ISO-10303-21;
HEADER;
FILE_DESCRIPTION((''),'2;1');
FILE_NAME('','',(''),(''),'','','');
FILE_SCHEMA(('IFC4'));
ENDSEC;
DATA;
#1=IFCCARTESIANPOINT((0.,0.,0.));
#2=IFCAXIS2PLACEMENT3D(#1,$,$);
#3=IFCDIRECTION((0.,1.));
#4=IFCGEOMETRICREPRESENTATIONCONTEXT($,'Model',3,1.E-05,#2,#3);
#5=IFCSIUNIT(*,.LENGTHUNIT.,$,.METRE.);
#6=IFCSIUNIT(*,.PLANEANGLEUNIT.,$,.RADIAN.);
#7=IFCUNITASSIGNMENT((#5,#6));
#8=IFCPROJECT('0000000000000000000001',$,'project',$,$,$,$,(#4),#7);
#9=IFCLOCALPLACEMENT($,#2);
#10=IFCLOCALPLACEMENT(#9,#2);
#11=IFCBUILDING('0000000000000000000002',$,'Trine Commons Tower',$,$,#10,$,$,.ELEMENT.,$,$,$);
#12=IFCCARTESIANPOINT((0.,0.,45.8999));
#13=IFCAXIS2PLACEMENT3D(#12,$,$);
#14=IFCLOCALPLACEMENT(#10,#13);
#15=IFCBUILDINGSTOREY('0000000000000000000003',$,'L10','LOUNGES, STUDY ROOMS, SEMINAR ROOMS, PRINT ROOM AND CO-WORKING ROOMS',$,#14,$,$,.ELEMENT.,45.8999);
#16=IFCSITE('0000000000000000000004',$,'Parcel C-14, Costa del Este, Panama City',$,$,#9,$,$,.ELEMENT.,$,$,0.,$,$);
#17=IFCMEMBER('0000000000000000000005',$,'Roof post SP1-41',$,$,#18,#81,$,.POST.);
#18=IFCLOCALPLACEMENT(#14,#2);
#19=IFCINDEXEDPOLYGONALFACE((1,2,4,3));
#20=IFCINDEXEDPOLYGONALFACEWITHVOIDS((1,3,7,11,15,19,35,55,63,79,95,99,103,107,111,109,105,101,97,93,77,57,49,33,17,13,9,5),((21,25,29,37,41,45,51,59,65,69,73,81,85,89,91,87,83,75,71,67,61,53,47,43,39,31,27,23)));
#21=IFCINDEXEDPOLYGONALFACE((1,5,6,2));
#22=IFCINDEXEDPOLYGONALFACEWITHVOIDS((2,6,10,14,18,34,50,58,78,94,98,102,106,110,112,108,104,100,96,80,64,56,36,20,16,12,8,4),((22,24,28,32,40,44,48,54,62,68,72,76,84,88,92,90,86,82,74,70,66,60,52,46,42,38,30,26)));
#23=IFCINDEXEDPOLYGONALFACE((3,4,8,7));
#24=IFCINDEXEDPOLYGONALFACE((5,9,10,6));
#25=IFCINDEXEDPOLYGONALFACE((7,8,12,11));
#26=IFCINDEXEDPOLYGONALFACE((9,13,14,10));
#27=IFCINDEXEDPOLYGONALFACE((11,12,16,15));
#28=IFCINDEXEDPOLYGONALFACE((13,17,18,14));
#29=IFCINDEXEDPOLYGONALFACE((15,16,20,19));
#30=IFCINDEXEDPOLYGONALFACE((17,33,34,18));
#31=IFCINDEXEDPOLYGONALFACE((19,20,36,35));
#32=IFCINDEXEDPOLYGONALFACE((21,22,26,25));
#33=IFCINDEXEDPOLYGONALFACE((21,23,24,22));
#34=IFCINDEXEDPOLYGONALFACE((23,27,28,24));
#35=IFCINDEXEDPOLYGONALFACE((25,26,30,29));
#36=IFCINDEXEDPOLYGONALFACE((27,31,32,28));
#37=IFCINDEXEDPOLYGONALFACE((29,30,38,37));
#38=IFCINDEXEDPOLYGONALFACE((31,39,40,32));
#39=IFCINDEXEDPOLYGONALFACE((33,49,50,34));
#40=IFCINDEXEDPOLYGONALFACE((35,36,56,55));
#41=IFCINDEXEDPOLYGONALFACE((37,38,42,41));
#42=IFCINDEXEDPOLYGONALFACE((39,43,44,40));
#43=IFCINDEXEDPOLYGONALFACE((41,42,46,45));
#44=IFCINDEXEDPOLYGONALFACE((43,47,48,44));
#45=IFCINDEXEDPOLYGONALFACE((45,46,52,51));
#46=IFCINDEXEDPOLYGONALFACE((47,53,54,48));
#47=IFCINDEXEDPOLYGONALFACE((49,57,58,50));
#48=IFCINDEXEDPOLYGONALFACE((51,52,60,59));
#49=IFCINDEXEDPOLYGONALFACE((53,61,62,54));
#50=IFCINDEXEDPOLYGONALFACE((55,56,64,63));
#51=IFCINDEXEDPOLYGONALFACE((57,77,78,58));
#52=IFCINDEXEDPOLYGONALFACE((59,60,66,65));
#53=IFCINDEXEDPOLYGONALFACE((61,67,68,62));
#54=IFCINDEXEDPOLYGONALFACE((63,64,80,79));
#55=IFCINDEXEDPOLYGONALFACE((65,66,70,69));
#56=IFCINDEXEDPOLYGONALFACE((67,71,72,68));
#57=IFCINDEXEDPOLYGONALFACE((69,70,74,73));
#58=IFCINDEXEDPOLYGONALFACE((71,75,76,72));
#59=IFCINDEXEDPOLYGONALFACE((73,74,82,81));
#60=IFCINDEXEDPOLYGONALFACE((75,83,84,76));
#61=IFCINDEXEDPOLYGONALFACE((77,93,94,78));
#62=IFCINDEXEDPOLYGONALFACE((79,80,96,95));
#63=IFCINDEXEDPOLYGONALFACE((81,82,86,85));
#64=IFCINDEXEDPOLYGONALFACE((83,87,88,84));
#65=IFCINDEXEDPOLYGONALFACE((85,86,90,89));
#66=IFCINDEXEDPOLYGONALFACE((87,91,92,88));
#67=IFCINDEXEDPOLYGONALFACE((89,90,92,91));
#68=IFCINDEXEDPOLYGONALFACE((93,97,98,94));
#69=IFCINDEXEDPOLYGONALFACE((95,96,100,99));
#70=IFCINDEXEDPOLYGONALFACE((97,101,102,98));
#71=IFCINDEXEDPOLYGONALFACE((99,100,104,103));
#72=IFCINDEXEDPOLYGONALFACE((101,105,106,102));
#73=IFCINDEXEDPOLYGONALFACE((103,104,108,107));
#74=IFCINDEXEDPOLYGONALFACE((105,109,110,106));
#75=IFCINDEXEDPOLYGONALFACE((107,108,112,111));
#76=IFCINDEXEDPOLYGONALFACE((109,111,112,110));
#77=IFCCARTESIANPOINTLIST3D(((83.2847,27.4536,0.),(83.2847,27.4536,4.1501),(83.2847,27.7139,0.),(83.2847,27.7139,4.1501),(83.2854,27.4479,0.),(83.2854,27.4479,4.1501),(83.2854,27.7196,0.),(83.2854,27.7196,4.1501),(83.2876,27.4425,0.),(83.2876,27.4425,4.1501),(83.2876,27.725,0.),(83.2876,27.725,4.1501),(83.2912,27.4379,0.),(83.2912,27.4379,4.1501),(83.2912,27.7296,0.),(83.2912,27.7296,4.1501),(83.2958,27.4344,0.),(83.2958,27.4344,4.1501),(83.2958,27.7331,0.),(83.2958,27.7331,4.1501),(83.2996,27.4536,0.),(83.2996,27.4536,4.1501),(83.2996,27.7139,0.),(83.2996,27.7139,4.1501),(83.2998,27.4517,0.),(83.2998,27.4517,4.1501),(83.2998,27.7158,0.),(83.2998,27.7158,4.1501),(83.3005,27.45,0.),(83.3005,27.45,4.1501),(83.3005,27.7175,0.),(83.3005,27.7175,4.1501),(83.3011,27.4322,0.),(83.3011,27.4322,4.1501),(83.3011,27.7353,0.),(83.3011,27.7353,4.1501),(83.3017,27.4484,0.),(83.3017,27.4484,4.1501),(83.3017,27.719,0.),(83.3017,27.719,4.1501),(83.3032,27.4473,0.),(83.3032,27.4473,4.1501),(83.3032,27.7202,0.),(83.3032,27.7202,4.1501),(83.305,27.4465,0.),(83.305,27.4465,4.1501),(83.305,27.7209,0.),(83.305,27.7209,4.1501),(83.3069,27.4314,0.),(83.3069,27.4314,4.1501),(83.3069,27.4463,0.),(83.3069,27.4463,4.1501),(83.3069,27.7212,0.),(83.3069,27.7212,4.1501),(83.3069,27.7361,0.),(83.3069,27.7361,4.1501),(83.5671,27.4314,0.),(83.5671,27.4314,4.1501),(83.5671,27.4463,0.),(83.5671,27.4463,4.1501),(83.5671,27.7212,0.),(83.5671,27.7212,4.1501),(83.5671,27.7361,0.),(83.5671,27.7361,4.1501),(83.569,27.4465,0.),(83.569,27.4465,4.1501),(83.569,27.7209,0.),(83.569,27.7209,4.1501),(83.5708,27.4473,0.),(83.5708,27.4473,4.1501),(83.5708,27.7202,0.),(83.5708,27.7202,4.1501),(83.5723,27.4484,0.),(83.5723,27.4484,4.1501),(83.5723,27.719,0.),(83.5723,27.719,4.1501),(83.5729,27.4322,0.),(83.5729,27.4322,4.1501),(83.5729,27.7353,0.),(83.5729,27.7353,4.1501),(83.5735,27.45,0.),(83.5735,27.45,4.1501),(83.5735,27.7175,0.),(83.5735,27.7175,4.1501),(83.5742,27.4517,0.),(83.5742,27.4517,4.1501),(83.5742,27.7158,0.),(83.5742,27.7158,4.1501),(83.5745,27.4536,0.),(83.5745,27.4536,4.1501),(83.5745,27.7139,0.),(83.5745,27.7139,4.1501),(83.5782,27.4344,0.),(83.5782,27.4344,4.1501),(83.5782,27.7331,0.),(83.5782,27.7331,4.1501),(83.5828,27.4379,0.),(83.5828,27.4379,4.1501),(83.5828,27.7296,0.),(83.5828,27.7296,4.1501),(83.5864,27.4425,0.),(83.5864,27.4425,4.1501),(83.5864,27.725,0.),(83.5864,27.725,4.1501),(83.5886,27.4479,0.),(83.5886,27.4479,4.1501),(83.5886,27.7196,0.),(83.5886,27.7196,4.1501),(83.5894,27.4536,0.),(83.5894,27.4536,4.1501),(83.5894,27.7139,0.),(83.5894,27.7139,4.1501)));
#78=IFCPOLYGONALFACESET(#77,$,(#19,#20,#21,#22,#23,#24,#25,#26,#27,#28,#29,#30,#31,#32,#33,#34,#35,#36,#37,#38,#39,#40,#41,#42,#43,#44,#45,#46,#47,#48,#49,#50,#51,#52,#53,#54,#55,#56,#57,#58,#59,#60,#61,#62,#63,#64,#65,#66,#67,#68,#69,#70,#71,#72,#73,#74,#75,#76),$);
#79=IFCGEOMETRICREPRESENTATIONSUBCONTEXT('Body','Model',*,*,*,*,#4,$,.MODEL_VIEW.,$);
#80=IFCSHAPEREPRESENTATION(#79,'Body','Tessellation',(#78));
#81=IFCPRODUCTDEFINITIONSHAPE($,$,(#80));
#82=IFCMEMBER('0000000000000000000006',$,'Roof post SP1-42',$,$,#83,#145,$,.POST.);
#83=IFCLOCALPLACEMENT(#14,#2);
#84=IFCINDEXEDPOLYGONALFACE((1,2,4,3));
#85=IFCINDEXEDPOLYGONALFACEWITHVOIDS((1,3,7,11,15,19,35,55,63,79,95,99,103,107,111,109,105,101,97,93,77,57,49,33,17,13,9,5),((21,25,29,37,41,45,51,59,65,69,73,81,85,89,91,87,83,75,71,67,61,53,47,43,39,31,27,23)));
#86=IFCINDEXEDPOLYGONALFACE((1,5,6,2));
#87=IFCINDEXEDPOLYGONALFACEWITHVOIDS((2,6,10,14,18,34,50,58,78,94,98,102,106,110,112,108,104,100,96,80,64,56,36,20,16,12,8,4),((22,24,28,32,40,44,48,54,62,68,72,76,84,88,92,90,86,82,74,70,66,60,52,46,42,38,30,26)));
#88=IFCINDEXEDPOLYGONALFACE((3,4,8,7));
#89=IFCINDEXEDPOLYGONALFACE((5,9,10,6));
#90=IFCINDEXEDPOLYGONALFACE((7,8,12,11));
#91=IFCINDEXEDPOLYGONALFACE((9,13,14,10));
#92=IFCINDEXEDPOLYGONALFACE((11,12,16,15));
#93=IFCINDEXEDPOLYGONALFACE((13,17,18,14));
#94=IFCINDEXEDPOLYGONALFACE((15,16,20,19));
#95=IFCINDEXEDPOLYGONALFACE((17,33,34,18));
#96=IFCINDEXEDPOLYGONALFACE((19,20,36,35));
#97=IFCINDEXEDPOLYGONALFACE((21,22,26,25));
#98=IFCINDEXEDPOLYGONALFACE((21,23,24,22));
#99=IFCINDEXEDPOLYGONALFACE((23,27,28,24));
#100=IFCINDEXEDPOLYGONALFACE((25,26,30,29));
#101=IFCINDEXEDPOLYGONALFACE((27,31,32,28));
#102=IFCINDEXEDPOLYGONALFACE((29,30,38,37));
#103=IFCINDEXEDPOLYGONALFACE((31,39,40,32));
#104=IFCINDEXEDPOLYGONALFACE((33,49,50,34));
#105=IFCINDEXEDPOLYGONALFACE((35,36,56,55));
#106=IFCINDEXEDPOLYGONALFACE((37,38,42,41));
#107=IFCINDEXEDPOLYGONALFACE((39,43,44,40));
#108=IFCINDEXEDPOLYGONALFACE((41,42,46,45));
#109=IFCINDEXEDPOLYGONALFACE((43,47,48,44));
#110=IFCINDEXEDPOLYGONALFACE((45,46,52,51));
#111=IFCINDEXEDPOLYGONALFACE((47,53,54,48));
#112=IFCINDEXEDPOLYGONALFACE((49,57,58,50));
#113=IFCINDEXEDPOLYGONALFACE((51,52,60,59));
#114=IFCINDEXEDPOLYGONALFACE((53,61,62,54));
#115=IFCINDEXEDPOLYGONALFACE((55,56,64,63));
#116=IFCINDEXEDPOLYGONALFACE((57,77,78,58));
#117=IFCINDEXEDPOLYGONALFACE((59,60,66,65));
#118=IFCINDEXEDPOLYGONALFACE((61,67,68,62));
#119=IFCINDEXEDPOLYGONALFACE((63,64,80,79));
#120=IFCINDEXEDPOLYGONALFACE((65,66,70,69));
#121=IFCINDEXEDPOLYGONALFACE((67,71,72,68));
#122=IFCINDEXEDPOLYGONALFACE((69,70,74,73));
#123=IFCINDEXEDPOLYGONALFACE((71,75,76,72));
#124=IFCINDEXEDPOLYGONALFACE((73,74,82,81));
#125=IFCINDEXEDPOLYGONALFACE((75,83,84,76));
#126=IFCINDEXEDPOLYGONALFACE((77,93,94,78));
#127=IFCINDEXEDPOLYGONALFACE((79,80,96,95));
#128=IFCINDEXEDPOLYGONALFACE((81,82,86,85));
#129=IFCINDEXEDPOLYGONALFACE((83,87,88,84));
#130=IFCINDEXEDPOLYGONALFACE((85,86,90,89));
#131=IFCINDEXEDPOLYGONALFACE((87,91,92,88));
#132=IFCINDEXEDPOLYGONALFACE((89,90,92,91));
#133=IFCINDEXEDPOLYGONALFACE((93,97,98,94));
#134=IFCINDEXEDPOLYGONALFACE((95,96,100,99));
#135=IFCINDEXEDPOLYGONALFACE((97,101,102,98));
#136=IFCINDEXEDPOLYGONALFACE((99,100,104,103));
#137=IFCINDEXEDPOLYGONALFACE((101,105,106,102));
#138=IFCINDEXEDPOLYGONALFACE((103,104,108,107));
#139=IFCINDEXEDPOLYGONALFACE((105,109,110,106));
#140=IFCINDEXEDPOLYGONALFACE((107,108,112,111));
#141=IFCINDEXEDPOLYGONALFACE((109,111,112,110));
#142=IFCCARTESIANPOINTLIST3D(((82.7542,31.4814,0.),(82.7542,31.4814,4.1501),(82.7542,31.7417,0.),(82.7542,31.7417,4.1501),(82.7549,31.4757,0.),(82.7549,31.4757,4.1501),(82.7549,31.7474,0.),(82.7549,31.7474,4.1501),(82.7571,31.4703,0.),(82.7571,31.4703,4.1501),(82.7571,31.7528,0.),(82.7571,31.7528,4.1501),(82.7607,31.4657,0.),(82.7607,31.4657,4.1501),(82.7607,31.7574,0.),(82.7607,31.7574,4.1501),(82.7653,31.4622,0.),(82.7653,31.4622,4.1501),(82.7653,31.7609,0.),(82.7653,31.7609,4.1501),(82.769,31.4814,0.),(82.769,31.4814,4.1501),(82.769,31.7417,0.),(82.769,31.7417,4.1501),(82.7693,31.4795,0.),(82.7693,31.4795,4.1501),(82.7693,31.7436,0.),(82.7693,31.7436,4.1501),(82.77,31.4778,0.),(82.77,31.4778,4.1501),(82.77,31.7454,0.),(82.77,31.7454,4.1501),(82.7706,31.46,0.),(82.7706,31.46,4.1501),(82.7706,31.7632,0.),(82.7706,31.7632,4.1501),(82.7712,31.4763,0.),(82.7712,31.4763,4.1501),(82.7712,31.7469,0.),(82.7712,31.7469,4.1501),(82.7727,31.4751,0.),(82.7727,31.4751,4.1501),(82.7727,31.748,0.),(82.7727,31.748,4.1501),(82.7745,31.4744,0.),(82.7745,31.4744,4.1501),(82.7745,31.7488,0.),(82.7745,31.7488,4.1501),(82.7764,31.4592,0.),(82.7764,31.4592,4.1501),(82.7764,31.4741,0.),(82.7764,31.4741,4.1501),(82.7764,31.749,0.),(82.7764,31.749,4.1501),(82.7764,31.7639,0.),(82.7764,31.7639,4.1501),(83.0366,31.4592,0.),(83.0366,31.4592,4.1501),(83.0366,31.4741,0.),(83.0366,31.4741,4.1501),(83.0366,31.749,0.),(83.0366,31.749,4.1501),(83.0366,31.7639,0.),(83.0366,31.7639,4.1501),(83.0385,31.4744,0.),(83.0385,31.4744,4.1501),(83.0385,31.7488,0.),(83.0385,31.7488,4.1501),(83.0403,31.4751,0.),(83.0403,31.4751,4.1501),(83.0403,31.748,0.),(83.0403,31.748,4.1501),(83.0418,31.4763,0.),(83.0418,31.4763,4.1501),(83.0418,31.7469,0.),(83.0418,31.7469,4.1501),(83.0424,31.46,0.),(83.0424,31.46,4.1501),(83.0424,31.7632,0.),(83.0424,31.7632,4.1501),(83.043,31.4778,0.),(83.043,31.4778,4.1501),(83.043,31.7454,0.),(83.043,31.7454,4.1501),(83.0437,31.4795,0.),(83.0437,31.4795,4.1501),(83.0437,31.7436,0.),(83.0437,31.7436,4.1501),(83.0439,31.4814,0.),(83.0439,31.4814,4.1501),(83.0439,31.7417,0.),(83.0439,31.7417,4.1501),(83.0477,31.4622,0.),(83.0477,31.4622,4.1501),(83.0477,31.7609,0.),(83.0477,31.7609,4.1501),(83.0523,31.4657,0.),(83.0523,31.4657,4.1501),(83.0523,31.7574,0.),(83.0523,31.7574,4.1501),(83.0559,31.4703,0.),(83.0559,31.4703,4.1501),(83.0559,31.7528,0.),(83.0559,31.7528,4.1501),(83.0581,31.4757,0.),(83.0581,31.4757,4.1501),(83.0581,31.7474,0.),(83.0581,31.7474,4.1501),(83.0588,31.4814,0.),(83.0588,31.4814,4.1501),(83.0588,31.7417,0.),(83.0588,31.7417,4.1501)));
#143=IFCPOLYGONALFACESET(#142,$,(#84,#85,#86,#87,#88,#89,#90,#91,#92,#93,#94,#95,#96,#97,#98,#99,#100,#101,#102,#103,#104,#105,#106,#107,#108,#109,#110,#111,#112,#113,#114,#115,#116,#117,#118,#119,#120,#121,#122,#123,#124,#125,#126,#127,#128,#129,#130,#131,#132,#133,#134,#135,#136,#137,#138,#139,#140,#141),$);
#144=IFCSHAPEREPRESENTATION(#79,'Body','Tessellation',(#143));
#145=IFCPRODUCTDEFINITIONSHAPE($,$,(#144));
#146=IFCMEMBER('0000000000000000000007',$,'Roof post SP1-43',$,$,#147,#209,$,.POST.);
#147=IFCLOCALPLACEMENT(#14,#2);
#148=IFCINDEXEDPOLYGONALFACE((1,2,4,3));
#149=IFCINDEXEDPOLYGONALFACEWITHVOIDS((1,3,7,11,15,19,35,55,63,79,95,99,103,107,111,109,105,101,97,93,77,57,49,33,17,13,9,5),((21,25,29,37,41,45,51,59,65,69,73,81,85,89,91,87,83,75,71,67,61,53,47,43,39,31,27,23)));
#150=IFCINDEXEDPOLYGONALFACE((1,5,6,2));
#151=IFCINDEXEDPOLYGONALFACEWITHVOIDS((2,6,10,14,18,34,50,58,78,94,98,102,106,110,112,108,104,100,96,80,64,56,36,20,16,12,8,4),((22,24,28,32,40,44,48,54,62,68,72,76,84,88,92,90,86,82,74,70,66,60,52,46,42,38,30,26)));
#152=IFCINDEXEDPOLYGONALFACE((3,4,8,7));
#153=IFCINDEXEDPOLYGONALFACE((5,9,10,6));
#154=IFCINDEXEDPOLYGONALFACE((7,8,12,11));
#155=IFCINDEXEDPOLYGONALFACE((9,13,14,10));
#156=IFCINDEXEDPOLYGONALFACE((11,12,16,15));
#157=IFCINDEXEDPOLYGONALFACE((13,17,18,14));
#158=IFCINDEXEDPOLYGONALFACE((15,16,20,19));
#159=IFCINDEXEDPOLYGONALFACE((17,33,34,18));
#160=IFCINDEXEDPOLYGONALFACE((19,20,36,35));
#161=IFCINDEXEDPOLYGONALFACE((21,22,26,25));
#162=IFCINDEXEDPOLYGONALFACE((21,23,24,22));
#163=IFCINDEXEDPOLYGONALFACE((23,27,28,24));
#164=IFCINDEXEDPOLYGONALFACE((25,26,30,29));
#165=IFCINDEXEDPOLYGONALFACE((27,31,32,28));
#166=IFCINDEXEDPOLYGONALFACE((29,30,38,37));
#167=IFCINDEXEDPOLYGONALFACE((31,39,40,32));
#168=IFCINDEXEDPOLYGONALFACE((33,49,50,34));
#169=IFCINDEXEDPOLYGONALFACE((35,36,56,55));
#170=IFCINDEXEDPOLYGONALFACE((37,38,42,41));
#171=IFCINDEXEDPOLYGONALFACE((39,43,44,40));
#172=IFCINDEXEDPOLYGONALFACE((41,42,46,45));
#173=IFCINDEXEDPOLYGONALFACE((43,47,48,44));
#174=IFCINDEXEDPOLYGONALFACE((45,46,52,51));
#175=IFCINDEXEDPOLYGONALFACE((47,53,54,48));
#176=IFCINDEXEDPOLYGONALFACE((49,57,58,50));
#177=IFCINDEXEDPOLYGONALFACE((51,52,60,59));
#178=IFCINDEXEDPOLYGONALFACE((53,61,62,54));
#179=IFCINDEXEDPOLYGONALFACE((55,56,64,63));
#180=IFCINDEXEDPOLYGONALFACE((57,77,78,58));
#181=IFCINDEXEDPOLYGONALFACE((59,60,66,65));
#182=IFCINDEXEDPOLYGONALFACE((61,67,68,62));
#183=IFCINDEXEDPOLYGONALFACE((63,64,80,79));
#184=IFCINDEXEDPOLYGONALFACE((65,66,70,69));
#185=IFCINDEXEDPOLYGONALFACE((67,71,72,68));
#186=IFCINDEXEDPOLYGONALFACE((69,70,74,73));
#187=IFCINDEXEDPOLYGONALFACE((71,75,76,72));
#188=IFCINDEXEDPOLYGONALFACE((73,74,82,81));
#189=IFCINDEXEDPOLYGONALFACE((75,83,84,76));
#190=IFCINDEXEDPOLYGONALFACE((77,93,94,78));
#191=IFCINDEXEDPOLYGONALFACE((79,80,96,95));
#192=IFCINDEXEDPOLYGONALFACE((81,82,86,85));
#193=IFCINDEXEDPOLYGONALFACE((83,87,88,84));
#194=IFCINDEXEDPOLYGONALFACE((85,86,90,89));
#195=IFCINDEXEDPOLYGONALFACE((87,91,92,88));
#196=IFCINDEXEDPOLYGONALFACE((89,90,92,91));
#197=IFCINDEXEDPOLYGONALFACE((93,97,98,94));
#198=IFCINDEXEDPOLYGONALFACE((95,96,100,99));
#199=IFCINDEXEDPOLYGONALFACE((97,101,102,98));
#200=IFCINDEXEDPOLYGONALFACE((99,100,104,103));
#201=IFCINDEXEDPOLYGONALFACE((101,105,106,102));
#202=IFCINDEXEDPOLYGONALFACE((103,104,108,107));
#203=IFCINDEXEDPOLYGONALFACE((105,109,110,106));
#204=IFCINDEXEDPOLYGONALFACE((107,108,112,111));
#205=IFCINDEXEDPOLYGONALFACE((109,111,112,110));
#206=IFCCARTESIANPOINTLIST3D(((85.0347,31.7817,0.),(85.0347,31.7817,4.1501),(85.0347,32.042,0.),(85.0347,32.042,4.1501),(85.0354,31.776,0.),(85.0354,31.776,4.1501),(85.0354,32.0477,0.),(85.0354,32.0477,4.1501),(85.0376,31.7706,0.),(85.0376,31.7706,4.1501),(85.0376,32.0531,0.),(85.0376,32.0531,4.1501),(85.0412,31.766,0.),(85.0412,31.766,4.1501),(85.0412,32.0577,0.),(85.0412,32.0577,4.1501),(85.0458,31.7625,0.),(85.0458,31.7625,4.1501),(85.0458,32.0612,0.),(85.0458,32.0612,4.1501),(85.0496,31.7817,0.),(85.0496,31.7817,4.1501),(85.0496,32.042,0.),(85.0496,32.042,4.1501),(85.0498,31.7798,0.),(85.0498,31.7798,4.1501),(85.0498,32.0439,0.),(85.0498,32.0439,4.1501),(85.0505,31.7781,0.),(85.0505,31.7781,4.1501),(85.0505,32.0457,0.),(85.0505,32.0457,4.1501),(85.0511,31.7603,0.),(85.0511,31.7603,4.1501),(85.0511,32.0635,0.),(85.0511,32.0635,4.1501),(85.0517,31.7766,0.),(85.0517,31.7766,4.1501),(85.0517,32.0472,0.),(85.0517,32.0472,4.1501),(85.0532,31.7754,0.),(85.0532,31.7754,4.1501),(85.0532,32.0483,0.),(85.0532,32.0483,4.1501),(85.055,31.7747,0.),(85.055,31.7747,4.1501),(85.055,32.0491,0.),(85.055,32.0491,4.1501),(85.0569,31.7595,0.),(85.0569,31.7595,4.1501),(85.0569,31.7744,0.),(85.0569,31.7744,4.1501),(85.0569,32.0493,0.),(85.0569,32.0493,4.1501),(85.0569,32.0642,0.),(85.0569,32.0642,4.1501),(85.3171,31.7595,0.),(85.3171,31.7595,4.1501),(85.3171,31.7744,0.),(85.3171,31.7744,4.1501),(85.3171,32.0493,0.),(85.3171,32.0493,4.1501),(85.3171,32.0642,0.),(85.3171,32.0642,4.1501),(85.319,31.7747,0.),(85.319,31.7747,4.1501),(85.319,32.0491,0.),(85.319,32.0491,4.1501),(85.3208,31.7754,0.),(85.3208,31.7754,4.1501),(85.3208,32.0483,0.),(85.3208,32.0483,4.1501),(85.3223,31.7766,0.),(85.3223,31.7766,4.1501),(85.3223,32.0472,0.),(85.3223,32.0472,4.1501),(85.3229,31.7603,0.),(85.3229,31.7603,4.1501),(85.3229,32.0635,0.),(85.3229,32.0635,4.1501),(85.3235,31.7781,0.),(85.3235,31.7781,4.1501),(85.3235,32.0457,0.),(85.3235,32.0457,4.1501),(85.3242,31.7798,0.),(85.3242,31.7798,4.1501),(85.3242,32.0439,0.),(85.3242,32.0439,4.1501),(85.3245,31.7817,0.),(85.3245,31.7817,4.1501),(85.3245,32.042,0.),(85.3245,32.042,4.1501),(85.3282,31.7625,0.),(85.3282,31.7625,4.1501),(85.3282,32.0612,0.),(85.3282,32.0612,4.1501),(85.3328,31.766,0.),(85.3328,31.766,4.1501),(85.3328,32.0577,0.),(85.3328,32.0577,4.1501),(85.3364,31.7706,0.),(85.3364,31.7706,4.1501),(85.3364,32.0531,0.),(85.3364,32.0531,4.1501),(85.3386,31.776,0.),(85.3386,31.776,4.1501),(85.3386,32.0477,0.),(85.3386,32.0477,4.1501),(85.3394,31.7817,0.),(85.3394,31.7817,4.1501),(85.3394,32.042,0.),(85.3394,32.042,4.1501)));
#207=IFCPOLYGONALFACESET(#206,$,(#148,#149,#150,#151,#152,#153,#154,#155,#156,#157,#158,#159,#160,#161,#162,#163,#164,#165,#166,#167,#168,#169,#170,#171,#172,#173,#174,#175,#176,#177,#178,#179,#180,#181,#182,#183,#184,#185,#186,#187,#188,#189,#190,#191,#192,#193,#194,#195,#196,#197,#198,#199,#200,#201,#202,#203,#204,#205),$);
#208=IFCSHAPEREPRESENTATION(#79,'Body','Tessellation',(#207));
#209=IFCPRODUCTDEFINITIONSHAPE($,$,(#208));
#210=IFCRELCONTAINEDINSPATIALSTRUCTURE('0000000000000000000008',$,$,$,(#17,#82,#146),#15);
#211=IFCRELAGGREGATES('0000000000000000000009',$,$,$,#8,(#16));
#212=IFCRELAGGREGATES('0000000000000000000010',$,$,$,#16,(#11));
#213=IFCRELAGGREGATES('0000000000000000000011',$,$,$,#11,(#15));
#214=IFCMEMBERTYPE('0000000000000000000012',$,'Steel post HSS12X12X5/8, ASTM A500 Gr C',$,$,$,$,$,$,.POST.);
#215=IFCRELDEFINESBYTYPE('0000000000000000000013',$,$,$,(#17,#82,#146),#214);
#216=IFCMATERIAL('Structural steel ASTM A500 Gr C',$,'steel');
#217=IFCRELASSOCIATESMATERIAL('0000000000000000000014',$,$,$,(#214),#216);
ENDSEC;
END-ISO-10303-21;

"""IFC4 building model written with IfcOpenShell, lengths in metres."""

from ifc_helpers import new_model, si_unit, direction, frame, origin, origin_2d, place, context, subcontext, project, spatial, hollow_rectangle, extrude, material, material_profile, profile_set, type_object, element, save


model = new_model("IFC4")

# Units and contexts
model_context = context("Model", 3, precision=1e-05, world=origin(), true_north=direction((0.0, 1.0)))
body_context = subcontext(model_context, "Body", "Model", "MODEL_VIEW")
ifc_project = project(units=[si_unit("LENGTHUNIT", "METRE"), si_unit("PLANEANGLEUNIT", "RADIAN")], contexts=[model_context])

# Site, building, storey
site_placement = place(None, origin())
site = spatial("IfcSite", under=ifc_project, at=site_placement, Name="Parcel C-14, Costa del Este, Panama City", CompositionType="ELEMENT", RefElevation=0.0)
building_placement = place(site_placement, origin())
building = spatial("IfcBuilding", under=site, at=building_placement, Name="Trine Commons Tower", CompositionType="ELEMENT")
storey_placement = place(building_placement, frame((0.0, 0.0, 45.8999)))
storey = spatial("IfcBuildingStorey", under=building, at=storey_placement, Name="L10", Description="LOUNGES, STUDY ROOMS, SEMINAR ROOMS, PRINT ROOM AND CO-WORKING ROOMS", CompositionType="ELEMENT", Elevation=45.8999)

# Members
ifc_material_1 = material(Name="Structural steel ASTM A500 Gr C", Category="steel")
ifc_material_profile_1 = material_profile(ifc_material_1, hollow_rectangle(XDim=0.3047, YDim=0.3047, WallThickness=0.0149, InnerFilletRadius=0.0073, OuterFilletRadius=0.0222, at=origin_2d()), Name="HSS12X12X5/8")
ifc_profile_set_1 = profile_set([ifc_material_profile_1], Name="Structural steel ASTM A500 Gr C")
member_type_1 = type_object("IfcMemberType", Name="Steel post HSS12X12X5/8, ASTM A500 Gr C", PredefinedType="POST", material=ifc_profile_set_1)
for number, where, z_axis, x_axis, name in (
    (1, (83.437, 27.5837, 0.0), (0.0, 0.0, 1.0), (1.0, 0.0, 0.0), "Roof post SP1-41"),
    (2, (82.9065, 31.6116, 0.0), (0.0, 0.0, 1.0), (1.0, 0.0, 0.0), "Roof post SP1-42"),
    (3, (85.187, 31.9119, 0.0), (0.0, 0.0, 1.0), (1.0, 0.0, 0.0), "Roof post SP1-43"),
):
    element("IfcMember", number, at=place(storey_placement, frame(where, z_axis=z_axis, x_axis=x_axis)), inside=storey, type_object=member_type_1, Name=name, PredefinedType="POST", context=body_context, shape_type="SweptSolid", body=[
        extrude(hollow_rectangle(XDim=0.3047, YDim=0.3047, WallThickness=0.0149, InnerFilletRadius=0.0073, OuterFilletRadius=0.0222, at=origin_2d()), origin(), (0.0, 0.0, 1.0), 4.1501),
    ])

save(model, "model.ifc")
